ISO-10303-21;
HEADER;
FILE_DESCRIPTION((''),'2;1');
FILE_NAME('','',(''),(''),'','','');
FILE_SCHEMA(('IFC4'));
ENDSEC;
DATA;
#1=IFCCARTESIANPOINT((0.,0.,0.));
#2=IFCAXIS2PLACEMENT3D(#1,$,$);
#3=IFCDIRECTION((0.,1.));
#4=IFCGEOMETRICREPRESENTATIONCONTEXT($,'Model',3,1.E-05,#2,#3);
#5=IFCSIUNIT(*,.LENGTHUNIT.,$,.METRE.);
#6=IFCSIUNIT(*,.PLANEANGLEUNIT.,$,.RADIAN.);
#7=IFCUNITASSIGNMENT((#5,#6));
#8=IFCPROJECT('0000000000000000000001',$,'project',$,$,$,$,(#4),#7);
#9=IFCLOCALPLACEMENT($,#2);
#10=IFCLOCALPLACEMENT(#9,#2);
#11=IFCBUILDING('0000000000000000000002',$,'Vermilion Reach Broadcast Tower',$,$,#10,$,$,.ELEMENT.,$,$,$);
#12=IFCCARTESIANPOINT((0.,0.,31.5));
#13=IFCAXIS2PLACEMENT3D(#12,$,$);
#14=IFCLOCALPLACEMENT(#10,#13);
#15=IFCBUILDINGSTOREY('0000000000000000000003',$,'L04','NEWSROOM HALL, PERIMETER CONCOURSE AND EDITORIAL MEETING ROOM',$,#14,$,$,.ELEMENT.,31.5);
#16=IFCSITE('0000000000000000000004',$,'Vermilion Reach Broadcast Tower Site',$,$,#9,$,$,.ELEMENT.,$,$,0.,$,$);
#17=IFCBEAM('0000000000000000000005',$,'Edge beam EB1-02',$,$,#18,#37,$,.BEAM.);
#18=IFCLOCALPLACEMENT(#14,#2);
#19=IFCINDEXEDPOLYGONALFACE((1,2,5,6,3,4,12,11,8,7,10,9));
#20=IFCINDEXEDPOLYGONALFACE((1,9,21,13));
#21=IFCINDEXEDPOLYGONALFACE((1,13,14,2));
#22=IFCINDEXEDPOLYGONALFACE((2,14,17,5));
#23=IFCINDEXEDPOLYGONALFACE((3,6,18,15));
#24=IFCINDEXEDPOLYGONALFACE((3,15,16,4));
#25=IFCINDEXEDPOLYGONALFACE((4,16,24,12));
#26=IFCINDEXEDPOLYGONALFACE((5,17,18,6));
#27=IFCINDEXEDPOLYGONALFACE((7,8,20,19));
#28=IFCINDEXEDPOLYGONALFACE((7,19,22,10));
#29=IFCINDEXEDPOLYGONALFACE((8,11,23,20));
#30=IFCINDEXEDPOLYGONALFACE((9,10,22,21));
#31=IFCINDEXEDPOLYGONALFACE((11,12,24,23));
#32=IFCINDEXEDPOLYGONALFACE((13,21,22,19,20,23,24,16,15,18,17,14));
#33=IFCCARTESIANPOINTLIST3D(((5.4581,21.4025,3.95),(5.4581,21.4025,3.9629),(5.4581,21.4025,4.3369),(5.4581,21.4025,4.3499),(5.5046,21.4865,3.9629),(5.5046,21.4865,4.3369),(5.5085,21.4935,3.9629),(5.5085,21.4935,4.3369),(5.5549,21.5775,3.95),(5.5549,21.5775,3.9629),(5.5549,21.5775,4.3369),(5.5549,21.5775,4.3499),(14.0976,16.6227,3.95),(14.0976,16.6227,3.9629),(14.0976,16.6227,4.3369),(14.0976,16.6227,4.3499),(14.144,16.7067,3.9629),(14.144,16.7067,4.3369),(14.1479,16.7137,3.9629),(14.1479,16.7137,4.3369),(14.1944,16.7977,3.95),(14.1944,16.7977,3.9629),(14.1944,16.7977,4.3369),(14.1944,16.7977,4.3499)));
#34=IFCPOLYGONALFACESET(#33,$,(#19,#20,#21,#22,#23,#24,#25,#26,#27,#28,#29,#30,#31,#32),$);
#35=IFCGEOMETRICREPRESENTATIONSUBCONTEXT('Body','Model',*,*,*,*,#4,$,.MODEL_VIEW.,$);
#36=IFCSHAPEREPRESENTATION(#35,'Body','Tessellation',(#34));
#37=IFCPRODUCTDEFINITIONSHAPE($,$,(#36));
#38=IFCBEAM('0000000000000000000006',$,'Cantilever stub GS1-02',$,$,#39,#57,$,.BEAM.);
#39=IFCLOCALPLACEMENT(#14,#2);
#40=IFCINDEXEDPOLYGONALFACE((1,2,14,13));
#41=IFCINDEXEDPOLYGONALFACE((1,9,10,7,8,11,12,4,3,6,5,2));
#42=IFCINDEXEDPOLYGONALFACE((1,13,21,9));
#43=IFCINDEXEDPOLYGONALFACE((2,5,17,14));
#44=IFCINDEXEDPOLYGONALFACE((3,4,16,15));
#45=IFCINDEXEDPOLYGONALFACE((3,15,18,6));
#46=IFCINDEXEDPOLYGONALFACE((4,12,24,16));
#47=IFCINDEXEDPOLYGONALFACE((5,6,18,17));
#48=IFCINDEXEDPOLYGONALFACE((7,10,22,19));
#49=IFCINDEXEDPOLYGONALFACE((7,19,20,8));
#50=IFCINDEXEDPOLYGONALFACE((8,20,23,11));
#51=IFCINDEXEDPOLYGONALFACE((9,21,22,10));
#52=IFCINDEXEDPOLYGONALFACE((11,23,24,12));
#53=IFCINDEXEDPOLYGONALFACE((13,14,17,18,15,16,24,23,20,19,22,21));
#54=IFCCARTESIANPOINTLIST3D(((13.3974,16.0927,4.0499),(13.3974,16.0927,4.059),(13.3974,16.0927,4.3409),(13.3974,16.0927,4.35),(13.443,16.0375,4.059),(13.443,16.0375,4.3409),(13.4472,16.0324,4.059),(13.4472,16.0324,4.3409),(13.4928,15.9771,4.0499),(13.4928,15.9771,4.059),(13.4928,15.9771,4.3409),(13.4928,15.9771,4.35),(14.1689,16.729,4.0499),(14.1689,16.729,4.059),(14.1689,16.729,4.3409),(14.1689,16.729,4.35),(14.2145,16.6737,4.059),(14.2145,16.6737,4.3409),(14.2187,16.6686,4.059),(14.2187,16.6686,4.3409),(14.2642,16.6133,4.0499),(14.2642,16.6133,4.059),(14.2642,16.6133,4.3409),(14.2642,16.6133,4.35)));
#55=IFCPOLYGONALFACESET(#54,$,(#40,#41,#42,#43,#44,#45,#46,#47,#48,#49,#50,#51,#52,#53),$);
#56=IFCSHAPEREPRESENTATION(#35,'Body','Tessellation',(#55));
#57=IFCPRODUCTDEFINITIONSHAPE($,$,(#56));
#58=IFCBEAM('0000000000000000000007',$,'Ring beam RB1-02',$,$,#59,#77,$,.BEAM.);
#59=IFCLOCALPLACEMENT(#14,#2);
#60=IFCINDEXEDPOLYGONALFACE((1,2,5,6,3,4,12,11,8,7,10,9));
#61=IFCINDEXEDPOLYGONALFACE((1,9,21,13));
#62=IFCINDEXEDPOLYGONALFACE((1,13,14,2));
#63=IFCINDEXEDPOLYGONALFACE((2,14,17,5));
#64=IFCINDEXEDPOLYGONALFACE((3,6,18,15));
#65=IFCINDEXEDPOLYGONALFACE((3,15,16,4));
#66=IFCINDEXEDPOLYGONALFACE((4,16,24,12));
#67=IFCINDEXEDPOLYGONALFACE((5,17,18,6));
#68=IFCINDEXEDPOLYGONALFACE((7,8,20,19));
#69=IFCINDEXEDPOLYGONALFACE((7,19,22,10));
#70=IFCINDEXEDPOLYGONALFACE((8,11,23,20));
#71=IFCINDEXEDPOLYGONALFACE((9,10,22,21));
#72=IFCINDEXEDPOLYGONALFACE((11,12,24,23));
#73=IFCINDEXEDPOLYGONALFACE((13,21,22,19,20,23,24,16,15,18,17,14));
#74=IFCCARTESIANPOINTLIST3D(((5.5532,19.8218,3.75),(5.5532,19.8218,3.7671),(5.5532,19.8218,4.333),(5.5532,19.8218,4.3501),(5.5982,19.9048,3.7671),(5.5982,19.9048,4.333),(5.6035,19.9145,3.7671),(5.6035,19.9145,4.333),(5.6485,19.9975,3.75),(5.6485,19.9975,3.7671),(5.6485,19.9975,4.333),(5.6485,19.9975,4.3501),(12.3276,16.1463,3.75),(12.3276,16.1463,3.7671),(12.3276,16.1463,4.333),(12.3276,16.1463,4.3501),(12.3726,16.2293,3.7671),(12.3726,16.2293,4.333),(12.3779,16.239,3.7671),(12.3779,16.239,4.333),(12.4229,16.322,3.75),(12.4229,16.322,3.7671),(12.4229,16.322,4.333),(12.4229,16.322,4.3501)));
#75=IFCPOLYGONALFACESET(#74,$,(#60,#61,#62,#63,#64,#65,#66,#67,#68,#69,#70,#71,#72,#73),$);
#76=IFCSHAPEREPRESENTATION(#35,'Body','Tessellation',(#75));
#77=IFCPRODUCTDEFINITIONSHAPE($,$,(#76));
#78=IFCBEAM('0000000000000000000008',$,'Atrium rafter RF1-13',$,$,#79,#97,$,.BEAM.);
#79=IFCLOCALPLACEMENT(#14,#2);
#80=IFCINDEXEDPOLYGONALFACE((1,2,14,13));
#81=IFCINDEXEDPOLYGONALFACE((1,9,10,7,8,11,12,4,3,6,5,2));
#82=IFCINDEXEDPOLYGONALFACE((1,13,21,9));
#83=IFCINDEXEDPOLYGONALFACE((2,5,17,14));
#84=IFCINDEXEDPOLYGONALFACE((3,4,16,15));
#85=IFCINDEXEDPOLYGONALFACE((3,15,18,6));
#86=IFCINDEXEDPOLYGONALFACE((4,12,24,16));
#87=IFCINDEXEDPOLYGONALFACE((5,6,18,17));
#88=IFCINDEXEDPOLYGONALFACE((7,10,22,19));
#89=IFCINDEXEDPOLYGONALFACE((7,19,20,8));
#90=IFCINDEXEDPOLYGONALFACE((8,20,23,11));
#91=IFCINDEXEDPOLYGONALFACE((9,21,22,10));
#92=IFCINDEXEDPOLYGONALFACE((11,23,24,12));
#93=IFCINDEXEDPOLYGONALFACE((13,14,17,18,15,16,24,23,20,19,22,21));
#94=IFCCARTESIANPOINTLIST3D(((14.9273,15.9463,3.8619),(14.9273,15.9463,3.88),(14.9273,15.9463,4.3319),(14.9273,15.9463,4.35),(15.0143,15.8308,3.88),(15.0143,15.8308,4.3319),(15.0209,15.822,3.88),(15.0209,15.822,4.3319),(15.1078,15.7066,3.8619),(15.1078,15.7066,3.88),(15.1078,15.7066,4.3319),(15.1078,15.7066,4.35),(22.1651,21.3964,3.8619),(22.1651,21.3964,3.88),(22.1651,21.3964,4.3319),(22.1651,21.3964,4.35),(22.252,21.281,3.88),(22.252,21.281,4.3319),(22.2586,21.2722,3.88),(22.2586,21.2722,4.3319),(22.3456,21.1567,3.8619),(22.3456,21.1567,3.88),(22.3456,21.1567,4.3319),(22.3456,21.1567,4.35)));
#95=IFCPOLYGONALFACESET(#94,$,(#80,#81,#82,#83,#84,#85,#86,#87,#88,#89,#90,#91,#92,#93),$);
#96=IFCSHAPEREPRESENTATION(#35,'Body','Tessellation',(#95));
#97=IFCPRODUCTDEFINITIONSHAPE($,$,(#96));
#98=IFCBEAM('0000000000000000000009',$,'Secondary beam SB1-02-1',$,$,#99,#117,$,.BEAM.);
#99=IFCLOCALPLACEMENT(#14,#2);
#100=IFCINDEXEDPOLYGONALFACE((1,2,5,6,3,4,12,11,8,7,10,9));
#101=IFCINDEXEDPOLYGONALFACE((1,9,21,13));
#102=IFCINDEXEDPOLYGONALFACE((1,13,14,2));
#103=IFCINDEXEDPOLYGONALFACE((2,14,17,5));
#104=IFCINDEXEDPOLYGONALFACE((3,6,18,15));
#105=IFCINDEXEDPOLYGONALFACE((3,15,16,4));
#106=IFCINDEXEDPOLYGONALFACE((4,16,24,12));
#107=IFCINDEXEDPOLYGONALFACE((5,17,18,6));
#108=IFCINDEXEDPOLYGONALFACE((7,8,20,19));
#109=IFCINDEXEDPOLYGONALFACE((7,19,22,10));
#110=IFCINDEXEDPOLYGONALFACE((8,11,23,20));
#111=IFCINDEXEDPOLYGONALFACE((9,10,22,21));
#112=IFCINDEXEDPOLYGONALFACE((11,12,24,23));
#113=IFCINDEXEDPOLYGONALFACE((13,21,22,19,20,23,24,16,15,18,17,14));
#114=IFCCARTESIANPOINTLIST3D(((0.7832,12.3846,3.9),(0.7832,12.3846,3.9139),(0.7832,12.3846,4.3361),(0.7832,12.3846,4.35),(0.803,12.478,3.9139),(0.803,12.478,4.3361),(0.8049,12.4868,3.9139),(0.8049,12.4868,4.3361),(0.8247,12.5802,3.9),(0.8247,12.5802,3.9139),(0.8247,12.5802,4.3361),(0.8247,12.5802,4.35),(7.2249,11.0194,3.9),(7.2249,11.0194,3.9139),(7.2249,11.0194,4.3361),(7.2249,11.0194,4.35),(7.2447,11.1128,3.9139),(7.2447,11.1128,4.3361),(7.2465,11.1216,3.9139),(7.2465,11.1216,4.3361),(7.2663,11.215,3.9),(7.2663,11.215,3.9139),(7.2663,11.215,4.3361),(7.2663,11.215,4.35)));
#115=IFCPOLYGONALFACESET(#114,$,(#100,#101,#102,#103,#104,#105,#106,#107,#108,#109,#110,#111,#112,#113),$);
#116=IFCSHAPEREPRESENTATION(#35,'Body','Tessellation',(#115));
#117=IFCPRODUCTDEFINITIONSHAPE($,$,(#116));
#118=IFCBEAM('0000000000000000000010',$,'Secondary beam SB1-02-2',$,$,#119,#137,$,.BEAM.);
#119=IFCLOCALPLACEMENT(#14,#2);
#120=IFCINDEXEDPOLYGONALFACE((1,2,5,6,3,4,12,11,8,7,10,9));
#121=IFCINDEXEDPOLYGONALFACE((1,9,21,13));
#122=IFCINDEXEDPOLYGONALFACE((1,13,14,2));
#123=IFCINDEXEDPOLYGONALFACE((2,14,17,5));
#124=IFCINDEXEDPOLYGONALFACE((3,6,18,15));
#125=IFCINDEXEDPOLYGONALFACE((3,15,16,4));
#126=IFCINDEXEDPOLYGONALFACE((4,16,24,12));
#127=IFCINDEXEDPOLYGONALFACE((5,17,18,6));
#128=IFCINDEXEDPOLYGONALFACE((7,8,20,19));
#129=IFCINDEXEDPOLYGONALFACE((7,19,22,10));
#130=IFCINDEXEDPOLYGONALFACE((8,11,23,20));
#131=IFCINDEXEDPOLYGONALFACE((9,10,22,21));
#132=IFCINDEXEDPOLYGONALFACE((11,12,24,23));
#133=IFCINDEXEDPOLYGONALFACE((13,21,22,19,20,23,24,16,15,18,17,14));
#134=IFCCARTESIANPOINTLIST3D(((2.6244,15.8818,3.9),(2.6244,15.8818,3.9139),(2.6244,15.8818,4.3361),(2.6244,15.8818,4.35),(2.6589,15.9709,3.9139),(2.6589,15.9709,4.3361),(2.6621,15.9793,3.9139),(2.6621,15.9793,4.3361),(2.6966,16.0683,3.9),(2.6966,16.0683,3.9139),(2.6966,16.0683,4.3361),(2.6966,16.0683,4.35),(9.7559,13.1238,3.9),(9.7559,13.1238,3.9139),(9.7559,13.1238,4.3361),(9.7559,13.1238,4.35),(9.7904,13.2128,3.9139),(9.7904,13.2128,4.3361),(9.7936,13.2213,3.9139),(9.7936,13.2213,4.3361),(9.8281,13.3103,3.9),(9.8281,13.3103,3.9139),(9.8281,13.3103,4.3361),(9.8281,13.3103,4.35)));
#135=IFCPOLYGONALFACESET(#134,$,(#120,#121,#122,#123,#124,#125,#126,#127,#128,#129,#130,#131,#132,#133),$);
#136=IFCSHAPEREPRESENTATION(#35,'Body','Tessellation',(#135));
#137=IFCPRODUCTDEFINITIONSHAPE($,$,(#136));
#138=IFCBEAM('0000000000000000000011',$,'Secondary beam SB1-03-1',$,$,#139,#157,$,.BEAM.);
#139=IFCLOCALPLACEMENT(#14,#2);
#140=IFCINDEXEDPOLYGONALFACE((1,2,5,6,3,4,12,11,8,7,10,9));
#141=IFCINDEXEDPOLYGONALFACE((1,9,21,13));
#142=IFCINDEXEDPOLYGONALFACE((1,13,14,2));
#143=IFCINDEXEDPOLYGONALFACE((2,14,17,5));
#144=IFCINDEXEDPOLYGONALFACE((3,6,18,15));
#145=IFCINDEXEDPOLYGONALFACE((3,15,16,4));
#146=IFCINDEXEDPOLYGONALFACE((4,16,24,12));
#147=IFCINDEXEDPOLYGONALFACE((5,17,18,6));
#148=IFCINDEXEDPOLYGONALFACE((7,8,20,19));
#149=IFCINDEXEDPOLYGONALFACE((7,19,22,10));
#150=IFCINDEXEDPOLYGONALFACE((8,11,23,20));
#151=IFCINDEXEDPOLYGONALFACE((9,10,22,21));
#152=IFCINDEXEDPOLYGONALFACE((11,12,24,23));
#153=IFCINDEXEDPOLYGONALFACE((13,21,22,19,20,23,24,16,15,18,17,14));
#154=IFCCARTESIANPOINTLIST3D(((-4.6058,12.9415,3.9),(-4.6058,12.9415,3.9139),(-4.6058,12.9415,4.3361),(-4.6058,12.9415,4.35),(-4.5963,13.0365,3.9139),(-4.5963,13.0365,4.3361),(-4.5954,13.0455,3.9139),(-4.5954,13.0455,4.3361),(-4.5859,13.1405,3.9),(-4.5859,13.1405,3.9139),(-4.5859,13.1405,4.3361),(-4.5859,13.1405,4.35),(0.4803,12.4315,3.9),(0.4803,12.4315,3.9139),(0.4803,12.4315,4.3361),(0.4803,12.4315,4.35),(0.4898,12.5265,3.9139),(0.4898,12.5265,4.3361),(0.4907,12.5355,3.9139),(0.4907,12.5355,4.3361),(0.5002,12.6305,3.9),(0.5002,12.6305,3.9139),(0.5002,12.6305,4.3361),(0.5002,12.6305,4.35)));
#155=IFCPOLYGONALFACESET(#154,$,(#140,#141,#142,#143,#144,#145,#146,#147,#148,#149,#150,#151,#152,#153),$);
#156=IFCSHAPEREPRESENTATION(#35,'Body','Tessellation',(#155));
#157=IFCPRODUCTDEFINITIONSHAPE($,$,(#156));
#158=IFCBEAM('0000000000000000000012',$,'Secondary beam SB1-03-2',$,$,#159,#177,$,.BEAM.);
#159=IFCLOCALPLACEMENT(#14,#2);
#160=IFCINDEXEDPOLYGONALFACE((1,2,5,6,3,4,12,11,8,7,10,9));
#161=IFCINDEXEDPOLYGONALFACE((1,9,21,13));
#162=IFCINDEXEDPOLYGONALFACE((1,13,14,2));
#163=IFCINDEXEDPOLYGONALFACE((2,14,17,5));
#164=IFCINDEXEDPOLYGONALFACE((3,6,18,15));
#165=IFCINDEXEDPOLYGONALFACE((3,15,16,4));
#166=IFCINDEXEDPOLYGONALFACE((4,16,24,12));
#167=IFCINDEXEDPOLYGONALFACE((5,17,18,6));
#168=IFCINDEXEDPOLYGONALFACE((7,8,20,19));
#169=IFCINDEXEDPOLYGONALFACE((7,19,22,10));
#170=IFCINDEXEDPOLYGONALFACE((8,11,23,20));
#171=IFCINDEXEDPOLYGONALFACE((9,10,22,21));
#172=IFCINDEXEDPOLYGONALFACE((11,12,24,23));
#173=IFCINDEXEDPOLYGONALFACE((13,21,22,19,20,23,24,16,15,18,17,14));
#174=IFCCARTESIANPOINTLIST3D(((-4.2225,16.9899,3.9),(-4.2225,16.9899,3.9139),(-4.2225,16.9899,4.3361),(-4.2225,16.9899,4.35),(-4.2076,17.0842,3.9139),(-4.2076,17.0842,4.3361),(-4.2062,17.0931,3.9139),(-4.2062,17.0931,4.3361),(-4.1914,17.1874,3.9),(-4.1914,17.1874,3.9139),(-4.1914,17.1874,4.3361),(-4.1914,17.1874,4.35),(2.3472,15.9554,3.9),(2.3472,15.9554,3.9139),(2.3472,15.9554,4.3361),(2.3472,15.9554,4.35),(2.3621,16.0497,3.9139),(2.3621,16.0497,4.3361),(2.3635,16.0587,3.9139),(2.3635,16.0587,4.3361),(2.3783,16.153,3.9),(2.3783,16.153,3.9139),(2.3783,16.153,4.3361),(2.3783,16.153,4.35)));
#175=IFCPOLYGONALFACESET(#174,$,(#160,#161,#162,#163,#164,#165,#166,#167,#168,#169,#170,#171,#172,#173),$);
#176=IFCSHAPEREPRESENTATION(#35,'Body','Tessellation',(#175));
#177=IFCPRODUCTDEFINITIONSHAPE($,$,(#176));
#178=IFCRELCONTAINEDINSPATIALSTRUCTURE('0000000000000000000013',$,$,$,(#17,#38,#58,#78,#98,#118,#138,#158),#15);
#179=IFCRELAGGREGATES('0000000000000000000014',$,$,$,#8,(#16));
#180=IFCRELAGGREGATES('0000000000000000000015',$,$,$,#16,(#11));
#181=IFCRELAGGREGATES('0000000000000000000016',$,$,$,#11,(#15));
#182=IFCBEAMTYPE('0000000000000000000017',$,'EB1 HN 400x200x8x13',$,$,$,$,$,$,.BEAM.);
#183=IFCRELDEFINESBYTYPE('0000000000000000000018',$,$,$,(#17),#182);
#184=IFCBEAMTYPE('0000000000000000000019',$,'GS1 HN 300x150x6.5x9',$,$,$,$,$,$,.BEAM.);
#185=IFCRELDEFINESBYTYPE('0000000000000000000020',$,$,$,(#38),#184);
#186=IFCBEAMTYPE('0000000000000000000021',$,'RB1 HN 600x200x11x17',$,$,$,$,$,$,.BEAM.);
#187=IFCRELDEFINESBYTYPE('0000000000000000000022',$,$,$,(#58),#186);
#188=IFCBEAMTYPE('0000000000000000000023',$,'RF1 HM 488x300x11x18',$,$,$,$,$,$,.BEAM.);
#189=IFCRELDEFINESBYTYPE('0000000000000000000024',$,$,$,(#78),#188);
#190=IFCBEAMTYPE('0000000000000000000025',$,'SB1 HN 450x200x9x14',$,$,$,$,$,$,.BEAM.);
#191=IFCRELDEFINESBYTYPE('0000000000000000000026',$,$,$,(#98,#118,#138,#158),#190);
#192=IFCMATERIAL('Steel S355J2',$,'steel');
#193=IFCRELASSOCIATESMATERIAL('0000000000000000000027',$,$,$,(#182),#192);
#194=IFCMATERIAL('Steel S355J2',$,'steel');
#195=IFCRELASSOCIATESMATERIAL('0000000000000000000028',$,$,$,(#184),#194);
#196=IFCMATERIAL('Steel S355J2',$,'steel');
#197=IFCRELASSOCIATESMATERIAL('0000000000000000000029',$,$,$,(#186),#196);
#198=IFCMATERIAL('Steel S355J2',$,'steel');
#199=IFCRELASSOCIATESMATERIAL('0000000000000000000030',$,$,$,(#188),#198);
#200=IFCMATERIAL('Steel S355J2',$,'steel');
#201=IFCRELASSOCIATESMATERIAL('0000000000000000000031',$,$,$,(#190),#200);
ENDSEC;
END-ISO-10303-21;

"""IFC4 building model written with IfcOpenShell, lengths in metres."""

from ifc_helpers import new_model, si_unit, direction, frame, origin, origin_2d, place, context, subcontext, project, spatial, i_section, extrude, material, material_profile, profile_set, type_object, element, save


model = new_model("IFC4")

# Units and contexts
model_context = context("Model", 3, precision=1e-05, world=origin(), true_north=direction((0.0, 1.0)))
body_context = subcontext(model_context, "Body", "Model", "MODEL_VIEW")
ifc_project = project(units=[si_unit("LENGTHUNIT", "METRE"), si_unit("PLANEANGLEUNIT", "RADIAN")], contexts=[model_context])

# Site, building, storey
site_placement = place(None, origin())
site = spatial("IfcSite", under=ifc_project, at=site_placement, Name="Vermilion Reach Broadcast Tower Site", CompositionType="ELEMENT", RefElevation=0.0)
building_placement = place(site_placement, origin())
building = spatial("IfcBuilding", under=site, at=building_placement, Name="Vermilion Reach Broadcast Tower", CompositionType="ELEMENT")
storey_placement = place(building_placement, frame((0.0, 0.0, 31.5)))
storey = spatial("IfcBuildingStorey", under=building, at=storey_placement, Name="L04", Description="NEWSROOM HALL, PERIMETER CONCOURSE AND EDITORIAL MEETING ROOM", CompositionType="ELEMENT", Elevation=31.5)

# Beams
ifc_material_1 = material(Name="Steel S355J2", Category="steel")
ifc_material_profile_1 = material_profile(ifc_material_1, i_section(OverallWidth=0.2, OverallDepth=0.3999, WebThickness=0.0081, FlangeThickness=0.0129, at=origin_2d()), Name="S355J2 HN 400x200x8x13")
ifc_profile_set_1 = profile_set([ifc_material_profile_1], Name="Steel S355J2")
beam_type_1 = type_object("IfcBeamType", Name="EB1 HN 400x200x8x13", PredefinedType="BEAM", material=ifc_profile_set_1)
beam_1_placement = place(storey_placement, frame((14.146, 16.7102, 4.1499), z_axis=(-0.875011, 0.484103, 0.0), x_axis=(-0.484103, -0.875011, 0.0)))
element("IfcBeam", 1, at=beam_1_placement, inside=storey, type_object=beam_type_1, Name="Edge beam EB1-02", PredefinedType="BEAM", context=body_context, shape_type="SweptSolid", body=[
    extrude(i_section(OverallWidth=0.2, OverallDepth=0.3999, WebThickness=0.0081, FlangeThickness=0.0129, at=origin_2d()), origin(), (0.0, 0.0, 1.0), 9.8735),
])
ifc_material_2 = material(Name="Steel S355J2", Category="steel")
ifc_material_profile_2 = material_profile(ifc_material_2, i_section(OverallWidth=0.1499, OverallDepth=0.3, WebThickness=0.0066, FlangeThickness=0.009, at=origin_2d()), Name="S355J2 HN 300x150x6.5x9")
ifc_profile_set_2 = profile_set([ifc_material_profile_2], Name="Steel S355J2")
beam_type_2 = type_object("IfcBeamType", Name="GS1 HN 300x150x6.5x9", PredefinedType="BEAM", material=ifc_profile_set_2)
beam_2_placement = place(storey_placement, frame((13.4451, 16.0349, 4.2), z_axis=(0.771493, 0.636238, 0.0), x_axis=(-0.636238, 0.771493, 0.0)))
element("IfcBeam", 2, at=beam_2_placement, inside=storey, type_object=beam_type_2, Name="Cantilever stub GS1-02", PredefinedType="BEAM", context=body_context, shape_type="SweptSolid", body=[
    extrude(i_section(OverallWidth=0.1499, OverallDepth=0.3, WebThickness=0.0066, FlangeThickness=0.009, at=origin_2d()), origin(), (0.0, 0.0, 1.0), 1.0),
])
ifc_material_3 = material(Name="Steel S355J2", Category="steel")
ifc_material_profile_3 = material_profile(ifc_material_3, i_section(OverallWidth=0.2, OverallDepth=0.6001, WebThickness=0.011, FlangeThickness=0.0171, at=origin_2d()), Name="S355J2 HN 600x200x11x17")
ifc_profile_set_3 = profile_set([ifc_material_profile_3], Name="Steel S355J2")
beam_type_3 = type_object("IfcBeamType", Name="RB1 HN 600x200x11x17", PredefinedType="BEAM", material=ifc_profile_set_3)
beam_3_placement = place(storey_placement, frame((12.3752, 16.2341, 4.05), z_axis=(-0.878962, 0.476891, 0.0), x_axis=(-0.476891, -0.878962, 0.0)))
element("IfcBeam", 3, at=beam_3_placement, inside=storey, type_object=beam_type_3, Name="Ring beam RB1-02", PredefinedType="BEAM", context=body_context, shape_type="SweptSolid", body=[
    extrude(i_section(OverallWidth=0.2, OverallDepth=0.6001, WebThickness=0.011, FlangeThickness=0.0171, at=origin_2d()), origin(), (0.0, 0.0, 1.0), 7.7073),
])
ifc_material_4 = material(Name="Steel S355J2", Category="steel")
ifc_material_profile_4 = material_profile(ifc_material_4, i_section(OverallWidth=0.3, OverallDepth=0.488, WebThickness=0.011, FlangeThickness=0.0181, at=origin_2d()), Name="S355J2 HM 488x300x11x18")
ifc_profile_set_4 = profile_set([ifc_material_profile_4], Name="Steel S355J2")
beam_type_4 = type_object("IfcBeamType", Name="RF1 HM 488x300x11x18", PredefinedType="BEAM", material=ifc_profile_set_4)
beam_4_placement = place(storey_placement, frame((15.0176, 15.8264, 4.106), z_axis=(0.798841, 0.601542, 0.0), x_axis=(-0.601542, 0.798841, 0.0)))
element("IfcBeam", 4, at=beam_4_placement, inside=storey, type_object=beam_type_4, Name="Atrium rafter RF1-13", PredefinedType="BEAM", context=body_context, shape_type="SweptSolid", body=[
    extrude(i_section(OverallWidth=0.3, OverallDepth=0.488, WebThickness=0.011, FlangeThickness=0.0181, at=origin_2d()), origin(), (0.0, 0.0, 1.0), 9.0603),
])
ifc_material_5 = material(Name="Steel S355J2", Category="steel")
ifc_material_profile_5 = material_profile(ifc_material_5, i_section(OverallWidth=0.2, OverallDepth=0.45, WebThickness=0.009, FlangeThickness=0.0139, at=origin_2d()), Name="S355J2 HN 450x200x9x14")
ifc_profile_set_5 = profile_set([ifc_material_profile_5], Name="Steel S355J2")
beam_type_5 = type_object("IfcBeamType", Name="SB1 HN 450x200x9x14", PredefinedType="BEAM", material=ifc_profile_set_5)
beam_5_placement = place(storey_placement, frame((7.2456, 11.1172, 4.125), z_axis=(-0.97827, 0.207333, 0.0), x_axis=(-0.207333, -0.97827, 0.0)))
element("IfcBeam", 5, at=beam_5_placement, inside=storey, type_object=beam_type_5, Name="Secondary beam SB1-02-1", PredefinedType="BEAM", context=body_context, shape_type="SweptSolid", body=[
    extrude(i_section(OverallWidth=0.2, OverallDepth=0.45, WebThickness=0.009, FlangeThickness=0.0139, at=origin_2d()), origin(), (0.0, 0.0, 1.0), 6.5847),
])
beam_6_placement = place(storey_placement, frame((9.792, 13.217, 4.125), z_axis=(-0.932681, 0.360703, 0.0), x_axis=(-0.360703, -0.932681, 0.0)))
element("IfcBeam", 6, at=beam_6_placement, inside=storey, type_object=beam_type_5, Name="Secondary beam SB1-02-2", PredefinedType="BEAM", context=body_context, shape_type="SweptSolid", body=[
    extrude(i_section(OverallWidth=0.2, OverallDepth=0.45, WebThickness=0.009, FlangeThickness=0.0139, at=origin_2d()), origin(), (0.0, 0.0, 1.0), 7.6462),
])
beam_7_placement = place(storey_placement, frame((0.4902, 12.531, 4.125), z_axis=(-0.99501, 0.099773, 0.0), x_axis=(-0.099773, -0.99501, 0.0)))
element("IfcBeam", 7, at=beam_7_placement, inside=storey, type_object=beam_type_5, Name="Secondary beam SB1-03-1", PredefinedType="BEAM", context=body_context, shape_type="SweptSolid", body=[
    extrude(i_section(OverallWidth=0.2, OverallDepth=0.45, WebThickness=0.009, FlangeThickness=0.0139, at=origin_2d()), origin(), (0.0, 0.0, 1.0), 5.1116),
])
beam_8_placement = place(storey_placement, frame((2.3628, 16.0542, 4.125), z_axis=(-0.98783, 0.15554, 0.0), x_axis=(-0.15554, -0.98783, 0.0)))
element("IfcBeam", 8, at=beam_8_placement, inside=storey, type_object=beam_type_5, Name="Secondary beam SB1-03-2", PredefinedType="BEAM", context=body_context, shape_type="SweptSolid", body=[
    extrude(i_section(OverallWidth=0.2, OverallDepth=0.45, WebThickness=0.009, FlangeThickness=0.0139, at=origin_2d()), origin(), (0.0, 0.0, 1.0), 6.6506),
])

save(model, "model.ifc")
